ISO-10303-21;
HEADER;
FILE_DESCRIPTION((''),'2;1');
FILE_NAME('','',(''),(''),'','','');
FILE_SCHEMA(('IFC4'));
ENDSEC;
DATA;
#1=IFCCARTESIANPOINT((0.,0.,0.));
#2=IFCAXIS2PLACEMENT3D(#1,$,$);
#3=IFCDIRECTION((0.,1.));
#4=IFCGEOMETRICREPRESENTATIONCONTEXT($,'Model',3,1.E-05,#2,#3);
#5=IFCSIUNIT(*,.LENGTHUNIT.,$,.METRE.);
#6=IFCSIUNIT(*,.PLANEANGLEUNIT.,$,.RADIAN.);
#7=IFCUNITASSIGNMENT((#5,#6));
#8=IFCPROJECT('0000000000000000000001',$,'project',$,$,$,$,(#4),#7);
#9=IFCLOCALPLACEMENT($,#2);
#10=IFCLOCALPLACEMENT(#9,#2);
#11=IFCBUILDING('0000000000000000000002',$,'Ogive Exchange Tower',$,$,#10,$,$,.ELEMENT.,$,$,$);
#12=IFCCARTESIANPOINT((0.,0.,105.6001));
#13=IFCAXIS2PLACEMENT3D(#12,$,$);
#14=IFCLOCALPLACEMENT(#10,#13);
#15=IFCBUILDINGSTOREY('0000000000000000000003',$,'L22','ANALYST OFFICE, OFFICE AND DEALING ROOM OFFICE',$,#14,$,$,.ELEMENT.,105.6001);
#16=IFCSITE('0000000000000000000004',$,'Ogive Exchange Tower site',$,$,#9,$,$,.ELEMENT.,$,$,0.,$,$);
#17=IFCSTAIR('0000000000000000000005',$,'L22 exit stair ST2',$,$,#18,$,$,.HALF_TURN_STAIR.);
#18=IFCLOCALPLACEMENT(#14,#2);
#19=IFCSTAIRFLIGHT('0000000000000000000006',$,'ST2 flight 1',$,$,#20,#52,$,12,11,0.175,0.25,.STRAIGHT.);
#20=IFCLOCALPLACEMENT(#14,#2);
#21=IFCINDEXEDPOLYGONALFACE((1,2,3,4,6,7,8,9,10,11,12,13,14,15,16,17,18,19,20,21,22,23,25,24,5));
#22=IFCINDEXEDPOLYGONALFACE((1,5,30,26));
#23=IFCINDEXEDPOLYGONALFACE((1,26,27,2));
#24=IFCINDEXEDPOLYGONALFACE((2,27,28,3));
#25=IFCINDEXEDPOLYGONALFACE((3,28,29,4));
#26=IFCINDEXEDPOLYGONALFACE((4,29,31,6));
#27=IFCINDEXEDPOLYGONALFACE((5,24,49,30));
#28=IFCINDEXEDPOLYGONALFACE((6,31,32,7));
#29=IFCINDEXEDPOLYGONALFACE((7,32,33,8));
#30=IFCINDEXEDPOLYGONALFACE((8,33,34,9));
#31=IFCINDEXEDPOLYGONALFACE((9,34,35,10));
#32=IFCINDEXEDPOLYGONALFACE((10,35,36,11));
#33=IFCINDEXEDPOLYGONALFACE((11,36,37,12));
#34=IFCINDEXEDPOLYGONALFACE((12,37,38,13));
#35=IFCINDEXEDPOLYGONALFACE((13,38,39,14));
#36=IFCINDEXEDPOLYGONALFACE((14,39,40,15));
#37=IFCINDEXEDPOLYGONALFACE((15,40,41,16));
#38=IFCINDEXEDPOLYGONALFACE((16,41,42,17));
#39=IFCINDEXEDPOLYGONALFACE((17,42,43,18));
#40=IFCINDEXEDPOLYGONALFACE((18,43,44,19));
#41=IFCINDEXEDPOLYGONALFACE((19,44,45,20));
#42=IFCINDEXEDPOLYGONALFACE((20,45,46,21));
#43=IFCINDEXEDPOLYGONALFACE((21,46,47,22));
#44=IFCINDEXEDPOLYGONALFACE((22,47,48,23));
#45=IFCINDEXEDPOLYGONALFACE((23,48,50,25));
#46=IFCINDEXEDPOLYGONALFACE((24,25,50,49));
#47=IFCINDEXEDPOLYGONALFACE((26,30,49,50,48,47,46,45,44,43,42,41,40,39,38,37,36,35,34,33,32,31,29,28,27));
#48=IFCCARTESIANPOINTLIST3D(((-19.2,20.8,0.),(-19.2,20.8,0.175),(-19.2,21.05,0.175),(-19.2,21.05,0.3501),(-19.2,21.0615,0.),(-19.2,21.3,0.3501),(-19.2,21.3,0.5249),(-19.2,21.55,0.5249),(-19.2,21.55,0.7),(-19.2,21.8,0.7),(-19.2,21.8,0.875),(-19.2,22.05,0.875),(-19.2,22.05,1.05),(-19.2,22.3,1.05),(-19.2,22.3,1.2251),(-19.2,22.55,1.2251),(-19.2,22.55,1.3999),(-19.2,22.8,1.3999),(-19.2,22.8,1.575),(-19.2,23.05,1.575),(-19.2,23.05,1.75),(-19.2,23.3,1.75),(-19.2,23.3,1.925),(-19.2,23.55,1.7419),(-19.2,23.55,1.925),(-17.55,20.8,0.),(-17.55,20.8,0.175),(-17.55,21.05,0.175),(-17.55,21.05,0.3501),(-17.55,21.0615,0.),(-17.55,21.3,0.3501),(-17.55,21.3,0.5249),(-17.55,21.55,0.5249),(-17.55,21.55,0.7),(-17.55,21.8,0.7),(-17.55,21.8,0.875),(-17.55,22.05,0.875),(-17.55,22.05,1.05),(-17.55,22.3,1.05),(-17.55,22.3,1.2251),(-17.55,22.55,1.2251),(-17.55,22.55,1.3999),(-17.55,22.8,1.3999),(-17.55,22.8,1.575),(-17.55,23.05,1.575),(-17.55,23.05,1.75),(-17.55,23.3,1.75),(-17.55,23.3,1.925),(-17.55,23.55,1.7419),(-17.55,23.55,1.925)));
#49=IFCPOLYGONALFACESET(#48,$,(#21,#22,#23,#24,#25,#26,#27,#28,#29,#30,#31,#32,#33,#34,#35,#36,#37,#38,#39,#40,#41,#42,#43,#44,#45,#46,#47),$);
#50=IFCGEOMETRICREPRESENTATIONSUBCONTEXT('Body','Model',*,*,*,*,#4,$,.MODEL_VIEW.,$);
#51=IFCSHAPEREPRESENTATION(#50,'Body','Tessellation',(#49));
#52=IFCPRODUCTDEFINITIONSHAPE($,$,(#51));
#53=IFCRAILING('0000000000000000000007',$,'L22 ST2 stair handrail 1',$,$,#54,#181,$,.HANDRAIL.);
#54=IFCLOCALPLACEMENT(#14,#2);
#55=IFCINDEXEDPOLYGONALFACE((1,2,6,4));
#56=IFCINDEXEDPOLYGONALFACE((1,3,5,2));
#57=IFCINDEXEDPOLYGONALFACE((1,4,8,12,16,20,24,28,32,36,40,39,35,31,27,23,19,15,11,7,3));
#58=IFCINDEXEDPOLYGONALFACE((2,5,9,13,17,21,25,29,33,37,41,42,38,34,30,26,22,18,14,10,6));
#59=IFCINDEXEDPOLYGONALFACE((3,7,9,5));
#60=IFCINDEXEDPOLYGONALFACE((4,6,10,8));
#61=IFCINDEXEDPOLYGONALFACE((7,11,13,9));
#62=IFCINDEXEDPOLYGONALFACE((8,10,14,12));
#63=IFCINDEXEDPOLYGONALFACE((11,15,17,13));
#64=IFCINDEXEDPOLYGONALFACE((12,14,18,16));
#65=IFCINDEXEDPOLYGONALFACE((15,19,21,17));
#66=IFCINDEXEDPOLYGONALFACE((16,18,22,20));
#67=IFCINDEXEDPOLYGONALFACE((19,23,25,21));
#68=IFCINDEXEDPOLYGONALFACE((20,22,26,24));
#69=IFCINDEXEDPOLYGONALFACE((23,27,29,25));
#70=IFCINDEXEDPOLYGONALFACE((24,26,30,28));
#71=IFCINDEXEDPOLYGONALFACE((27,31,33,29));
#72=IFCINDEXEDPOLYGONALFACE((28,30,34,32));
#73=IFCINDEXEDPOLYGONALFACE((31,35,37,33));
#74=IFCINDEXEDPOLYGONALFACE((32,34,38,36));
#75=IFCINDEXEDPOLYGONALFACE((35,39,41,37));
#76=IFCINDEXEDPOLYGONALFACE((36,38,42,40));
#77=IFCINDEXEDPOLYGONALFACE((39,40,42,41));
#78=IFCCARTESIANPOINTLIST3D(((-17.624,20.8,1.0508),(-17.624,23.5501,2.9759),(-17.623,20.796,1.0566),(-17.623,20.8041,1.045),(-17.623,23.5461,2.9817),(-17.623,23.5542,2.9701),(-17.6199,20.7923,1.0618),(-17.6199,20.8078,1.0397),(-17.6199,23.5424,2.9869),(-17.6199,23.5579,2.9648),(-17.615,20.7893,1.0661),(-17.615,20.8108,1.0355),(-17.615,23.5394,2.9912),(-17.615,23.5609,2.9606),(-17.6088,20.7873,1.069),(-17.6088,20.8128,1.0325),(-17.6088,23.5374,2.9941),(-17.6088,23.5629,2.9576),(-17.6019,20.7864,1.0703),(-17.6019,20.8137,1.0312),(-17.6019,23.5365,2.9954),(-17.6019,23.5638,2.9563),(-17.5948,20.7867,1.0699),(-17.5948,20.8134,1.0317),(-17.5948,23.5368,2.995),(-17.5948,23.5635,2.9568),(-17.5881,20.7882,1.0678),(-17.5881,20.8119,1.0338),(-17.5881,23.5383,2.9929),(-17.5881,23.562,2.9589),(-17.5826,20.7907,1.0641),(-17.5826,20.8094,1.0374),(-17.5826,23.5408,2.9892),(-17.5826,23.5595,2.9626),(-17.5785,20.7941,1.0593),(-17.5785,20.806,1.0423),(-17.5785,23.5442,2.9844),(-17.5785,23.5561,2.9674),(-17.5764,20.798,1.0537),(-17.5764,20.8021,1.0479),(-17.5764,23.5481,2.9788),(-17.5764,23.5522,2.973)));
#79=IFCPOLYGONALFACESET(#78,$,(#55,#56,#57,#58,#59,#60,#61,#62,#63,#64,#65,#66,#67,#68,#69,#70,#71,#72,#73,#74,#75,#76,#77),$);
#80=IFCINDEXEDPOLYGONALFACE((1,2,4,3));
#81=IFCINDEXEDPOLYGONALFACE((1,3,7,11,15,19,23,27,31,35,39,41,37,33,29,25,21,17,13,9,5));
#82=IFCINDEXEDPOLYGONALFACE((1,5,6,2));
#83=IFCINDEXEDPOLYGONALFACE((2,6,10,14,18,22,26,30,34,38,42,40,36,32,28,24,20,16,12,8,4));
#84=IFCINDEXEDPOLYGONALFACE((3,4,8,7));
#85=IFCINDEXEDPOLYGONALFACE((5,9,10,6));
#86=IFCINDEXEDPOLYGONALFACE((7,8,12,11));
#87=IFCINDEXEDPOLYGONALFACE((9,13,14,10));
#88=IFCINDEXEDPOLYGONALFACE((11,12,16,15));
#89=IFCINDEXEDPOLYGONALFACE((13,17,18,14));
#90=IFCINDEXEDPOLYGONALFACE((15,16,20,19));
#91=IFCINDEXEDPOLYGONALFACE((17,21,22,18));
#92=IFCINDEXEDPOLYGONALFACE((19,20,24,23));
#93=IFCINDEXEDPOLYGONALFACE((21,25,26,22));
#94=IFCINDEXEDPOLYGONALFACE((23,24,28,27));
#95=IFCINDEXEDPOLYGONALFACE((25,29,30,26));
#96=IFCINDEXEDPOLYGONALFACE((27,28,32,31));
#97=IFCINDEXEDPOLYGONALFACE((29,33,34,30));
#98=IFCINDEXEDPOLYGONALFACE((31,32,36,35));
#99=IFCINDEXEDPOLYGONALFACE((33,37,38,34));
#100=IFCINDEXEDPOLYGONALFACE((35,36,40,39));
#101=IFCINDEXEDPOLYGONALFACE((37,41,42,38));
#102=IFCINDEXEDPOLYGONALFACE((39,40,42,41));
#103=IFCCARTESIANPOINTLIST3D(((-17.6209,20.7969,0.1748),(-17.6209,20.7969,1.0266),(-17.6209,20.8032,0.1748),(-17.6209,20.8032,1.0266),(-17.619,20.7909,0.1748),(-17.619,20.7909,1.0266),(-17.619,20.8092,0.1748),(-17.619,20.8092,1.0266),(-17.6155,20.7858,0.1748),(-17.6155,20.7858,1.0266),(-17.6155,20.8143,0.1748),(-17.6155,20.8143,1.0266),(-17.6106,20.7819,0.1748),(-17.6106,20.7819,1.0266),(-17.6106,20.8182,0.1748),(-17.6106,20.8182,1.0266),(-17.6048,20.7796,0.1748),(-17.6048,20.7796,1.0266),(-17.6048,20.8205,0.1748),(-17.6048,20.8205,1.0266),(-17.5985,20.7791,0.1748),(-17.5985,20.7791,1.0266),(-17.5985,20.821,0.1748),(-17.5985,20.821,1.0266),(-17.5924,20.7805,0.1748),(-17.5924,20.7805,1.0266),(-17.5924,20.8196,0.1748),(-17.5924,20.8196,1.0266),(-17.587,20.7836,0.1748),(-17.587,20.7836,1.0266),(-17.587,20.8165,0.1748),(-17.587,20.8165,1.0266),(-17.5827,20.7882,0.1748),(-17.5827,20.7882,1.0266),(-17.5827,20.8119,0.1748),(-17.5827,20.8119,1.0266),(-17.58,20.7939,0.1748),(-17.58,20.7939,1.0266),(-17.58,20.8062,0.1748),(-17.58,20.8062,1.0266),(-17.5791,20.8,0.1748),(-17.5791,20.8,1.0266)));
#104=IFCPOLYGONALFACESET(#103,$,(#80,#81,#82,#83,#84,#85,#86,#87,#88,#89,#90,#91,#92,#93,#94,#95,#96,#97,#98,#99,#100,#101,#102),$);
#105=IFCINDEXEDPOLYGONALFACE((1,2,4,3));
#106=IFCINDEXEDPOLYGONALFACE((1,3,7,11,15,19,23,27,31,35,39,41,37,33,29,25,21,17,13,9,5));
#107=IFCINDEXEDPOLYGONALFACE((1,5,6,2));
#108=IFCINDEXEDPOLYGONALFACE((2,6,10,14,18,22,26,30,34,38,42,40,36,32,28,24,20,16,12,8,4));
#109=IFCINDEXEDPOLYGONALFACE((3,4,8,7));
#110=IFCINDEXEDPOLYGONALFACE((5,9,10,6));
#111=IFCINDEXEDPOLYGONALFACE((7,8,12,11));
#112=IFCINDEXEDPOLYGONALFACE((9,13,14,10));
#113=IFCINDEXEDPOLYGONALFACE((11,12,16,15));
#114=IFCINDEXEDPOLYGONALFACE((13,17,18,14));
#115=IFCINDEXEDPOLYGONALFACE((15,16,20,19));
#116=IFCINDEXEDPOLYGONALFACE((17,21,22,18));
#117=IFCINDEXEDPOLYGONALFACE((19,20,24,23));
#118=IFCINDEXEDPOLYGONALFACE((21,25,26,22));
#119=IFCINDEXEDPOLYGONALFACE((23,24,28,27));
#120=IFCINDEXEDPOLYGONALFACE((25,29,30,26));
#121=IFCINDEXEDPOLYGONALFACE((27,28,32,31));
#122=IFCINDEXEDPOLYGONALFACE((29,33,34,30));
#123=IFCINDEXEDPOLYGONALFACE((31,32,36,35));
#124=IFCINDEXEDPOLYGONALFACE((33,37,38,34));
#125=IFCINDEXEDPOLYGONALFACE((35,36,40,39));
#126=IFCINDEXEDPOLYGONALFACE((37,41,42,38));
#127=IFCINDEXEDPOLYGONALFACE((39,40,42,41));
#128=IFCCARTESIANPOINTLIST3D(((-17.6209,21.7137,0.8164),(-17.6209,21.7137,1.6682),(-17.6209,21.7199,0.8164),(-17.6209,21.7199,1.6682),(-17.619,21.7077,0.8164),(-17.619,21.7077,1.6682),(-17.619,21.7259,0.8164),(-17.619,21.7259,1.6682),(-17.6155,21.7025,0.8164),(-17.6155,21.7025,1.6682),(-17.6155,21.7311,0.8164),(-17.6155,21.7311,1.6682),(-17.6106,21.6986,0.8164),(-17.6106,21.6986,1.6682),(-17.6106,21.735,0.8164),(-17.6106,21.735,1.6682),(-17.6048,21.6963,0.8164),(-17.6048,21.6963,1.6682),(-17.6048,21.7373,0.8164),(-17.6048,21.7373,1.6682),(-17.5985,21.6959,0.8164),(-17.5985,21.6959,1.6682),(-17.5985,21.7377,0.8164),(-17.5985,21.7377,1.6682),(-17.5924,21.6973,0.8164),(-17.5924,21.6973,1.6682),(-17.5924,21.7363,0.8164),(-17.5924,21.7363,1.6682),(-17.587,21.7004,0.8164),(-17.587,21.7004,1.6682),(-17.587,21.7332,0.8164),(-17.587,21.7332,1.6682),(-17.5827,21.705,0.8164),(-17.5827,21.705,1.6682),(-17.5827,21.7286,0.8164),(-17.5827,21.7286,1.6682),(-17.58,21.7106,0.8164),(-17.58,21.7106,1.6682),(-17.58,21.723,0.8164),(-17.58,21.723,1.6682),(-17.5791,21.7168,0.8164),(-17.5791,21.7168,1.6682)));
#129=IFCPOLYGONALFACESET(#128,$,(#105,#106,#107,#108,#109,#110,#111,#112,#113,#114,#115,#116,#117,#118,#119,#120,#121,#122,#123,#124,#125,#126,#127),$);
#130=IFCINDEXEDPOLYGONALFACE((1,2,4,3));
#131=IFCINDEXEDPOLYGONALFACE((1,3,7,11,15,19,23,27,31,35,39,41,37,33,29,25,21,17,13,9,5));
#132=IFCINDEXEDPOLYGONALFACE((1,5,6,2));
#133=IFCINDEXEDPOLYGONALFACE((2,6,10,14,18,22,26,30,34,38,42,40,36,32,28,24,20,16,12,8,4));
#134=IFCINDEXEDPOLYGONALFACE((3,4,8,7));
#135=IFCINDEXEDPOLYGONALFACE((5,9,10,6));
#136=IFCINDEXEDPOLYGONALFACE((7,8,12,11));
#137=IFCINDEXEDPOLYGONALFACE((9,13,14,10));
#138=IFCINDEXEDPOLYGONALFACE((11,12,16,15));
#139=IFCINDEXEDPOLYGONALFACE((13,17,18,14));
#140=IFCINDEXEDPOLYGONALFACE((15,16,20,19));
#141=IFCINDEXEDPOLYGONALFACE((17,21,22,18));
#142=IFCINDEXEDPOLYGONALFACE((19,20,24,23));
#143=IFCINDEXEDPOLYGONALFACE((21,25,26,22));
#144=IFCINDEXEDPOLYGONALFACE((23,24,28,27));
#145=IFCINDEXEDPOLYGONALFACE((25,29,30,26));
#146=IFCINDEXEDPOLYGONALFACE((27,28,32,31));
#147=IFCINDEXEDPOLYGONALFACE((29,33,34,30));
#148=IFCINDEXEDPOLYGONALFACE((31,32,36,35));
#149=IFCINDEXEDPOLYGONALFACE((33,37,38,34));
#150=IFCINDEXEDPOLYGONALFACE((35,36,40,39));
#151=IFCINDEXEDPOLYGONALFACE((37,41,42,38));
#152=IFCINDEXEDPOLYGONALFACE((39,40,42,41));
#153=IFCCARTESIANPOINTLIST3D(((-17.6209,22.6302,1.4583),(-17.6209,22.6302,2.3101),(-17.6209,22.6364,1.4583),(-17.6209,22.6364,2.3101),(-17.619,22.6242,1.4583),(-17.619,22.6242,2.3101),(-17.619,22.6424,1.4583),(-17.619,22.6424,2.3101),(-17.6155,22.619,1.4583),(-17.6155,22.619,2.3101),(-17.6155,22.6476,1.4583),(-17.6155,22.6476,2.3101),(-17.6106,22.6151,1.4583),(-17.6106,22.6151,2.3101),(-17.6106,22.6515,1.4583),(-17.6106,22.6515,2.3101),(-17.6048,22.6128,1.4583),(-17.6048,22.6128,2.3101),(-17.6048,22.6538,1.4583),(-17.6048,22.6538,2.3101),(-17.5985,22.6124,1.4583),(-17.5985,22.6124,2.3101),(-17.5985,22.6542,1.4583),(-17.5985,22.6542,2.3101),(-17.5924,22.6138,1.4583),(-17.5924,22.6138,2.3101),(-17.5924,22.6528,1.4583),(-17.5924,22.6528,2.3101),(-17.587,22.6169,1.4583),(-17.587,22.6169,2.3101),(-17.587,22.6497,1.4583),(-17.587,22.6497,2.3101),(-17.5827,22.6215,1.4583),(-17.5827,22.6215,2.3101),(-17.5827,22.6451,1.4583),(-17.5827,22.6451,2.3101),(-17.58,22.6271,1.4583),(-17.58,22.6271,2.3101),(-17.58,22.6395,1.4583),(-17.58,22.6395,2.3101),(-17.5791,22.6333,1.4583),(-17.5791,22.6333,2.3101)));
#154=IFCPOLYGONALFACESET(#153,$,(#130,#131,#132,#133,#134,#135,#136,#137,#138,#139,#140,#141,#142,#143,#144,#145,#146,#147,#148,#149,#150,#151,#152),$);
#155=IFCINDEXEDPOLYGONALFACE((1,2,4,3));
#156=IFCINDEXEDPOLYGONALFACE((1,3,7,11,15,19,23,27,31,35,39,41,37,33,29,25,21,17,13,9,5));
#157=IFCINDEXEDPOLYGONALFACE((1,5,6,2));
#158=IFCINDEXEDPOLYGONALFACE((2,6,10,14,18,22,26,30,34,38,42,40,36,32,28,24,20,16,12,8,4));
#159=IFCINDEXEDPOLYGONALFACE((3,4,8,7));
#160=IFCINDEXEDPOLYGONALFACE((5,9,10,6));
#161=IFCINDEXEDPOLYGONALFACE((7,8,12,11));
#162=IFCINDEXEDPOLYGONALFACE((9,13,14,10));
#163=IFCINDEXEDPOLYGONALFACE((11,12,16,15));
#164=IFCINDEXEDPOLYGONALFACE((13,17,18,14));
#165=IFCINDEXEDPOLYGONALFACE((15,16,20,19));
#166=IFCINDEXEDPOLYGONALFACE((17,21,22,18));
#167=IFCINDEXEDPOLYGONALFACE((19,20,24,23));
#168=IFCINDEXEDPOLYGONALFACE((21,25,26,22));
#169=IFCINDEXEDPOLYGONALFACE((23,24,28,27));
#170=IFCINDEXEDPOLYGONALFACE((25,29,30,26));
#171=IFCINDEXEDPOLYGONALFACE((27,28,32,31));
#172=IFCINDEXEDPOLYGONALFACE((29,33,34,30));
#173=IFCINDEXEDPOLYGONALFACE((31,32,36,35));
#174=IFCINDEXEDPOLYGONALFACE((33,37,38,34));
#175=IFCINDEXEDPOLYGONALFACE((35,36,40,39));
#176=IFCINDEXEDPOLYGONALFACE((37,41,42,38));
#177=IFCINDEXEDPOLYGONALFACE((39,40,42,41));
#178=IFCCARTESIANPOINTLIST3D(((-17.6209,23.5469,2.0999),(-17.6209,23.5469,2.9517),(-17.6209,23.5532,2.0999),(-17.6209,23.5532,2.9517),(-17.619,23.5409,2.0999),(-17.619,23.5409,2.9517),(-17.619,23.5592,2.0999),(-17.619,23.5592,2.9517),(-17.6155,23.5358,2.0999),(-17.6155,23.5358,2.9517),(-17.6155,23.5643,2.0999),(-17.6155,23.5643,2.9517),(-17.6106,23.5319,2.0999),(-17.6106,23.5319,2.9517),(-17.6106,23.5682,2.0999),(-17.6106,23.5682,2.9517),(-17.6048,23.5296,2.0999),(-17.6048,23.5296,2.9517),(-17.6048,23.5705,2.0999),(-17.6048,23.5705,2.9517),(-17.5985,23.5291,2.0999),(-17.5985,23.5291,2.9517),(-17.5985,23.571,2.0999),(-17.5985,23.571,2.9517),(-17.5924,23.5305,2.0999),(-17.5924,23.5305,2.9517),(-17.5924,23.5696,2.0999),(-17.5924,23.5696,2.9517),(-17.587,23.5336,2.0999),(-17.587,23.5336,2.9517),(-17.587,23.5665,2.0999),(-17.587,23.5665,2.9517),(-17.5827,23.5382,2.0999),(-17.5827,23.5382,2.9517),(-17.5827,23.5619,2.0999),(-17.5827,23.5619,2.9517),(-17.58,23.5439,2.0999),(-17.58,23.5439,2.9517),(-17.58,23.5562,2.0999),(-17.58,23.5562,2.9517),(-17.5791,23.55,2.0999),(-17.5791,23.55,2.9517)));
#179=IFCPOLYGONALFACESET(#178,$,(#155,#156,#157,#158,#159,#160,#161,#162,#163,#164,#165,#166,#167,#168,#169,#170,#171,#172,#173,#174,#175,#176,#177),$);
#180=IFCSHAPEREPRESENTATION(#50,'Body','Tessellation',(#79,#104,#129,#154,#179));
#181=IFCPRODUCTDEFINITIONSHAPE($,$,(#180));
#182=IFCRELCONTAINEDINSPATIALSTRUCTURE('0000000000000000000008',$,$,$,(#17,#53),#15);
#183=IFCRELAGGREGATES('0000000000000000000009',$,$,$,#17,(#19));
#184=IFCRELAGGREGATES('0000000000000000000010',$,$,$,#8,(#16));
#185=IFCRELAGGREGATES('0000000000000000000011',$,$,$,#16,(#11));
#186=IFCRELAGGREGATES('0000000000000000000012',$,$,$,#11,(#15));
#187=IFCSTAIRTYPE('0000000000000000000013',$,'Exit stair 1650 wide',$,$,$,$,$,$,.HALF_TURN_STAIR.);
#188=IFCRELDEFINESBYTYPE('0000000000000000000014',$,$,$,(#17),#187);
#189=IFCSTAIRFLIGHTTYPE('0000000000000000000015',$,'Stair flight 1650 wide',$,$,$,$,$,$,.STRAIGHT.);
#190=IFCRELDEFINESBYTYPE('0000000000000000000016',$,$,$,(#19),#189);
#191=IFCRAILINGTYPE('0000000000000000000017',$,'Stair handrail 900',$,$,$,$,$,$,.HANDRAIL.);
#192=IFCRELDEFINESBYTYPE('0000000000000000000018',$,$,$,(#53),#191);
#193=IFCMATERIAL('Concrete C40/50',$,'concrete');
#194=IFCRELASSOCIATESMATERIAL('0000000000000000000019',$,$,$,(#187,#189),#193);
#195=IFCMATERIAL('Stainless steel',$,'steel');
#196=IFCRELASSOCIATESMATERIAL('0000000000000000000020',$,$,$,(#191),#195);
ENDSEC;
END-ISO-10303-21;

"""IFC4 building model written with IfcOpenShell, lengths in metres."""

from ifc_helpers import new_model, si_unit, direction, frame, origin, origin_2d, place, context, subcontext, project, spatial, polyline, circle, outline, extrude, material, type_object, element, aggregate, save


model = new_model("IFC4")

# Units and contexts
model_context = context("Model", 3, precision=1e-05, world=origin(), true_north=direction((0.0, 1.0)))
body_context = subcontext(model_context, "Body", "Model", "MODEL_VIEW")
ifc_project = project(units=[si_unit("LENGTHUNIT", "METRE"), si_unit("PLANEANGLEUNIT", "RADIAN")], contexts=[model_context])

# Site, building, storey
site_placement = place(None, origin())
site = spatial("IfcSite", under=ifc_project, at=site_placement, Name="Ogive Exchange Tower site", CompositionType="ELEMENT", RefElevation=0.0)
building_placement = place(site_placement, origin())
building = spatial("IfcBuilding", under=site, at=building_placement, Name="Ogive Exchange Tower", CompositionType="ELEMENT")
storey_placement = place(building_placement, frame((0.0, 0.0, 105.6001)))
storey = spatial("IfcBuildingStorey", under=building, at=storey_placement, Name="L22", Description="ANALYST OFFICE, OFFICE AND DEALING ROOM OFFICE", CompositionType="ELEMENT", Elevation=105.6001)

# Stair, stair flight
ifc_material_1 = material(Name="Concrete C40/50", Category="concrete")
stair_type = type_object("IfcStairType", Name="Exit stair 1650 wide", PredefinedType="HALF_TURN_STAIR", material=ifc_material_1)
stair_placement = place(storey_placement, origin())
stair = element("IfcStair", 1, at=stair_placement, inside=storey, type_object=stair_type, Name="L22 exit stair ST2", PredefinedType="HALF_TURN_STAIR")
stair_flight_type = type_object("IfcStairFlightType", Name="Stair flight 1650 wide", PredefinedType="STRAIGHT", material=ifc_material_1)
stair_flight_placement = place(storey_placement, frame((-18.375, 20.8, 0.0), z_axis=(0.0, 0.0, 1.0), x_axis=(0.0, 1.0, 0.0)))
stair_flight = element("IfcStairFlight", 2, at=stair_flight_placement, type_object=stair_flight_type, Name="ST2 flight 1", NumberOfRisers=12, NumberOfTreads=11, PredefinedType="STRAIGHT", RiserHeight=0.175, TreadLength=0.25, context=body_context, shape_type="SweptSolid", body=[
    extrude(outline(polyline([(0.0, 0.0), (0.0, 0.175), (0.25, 0.175), (0.25, 0.3501), (0.5, 0.3501), (0.5, 0.5249), (0.75, 0.5249), (0.75, 0.7), (1.0, 0.7), (1.0, 0.875), (1.25, 0.875), (1.25, 1.05), (1.5, 1.05), (1.5, 1.2251), (1.75, 1.2251), (1.75, 1.3999), (2.0, 1.3999), (2.0, 1.575), (2.25, 1.575), (2.25, 1.75), (2.5, 1.75), (2.5, 1.925), (2.75, 1.925), (2.75, 2.1001), (2.75, 1.7419), (0.2615, 0.0), (0.0, 0.0)])), frame((0.0, 0.825, 0.0), z_axis=(0.0, -1.0, 0.0), x_axis=(1.0, 0.0, 0.0)), (0.0, 0.0, 1.0), 1.6499),
])
aggregate(stair, [stair_flight])

# Railing
ifc_material_2 = material(Name="Stainless steel", Category="steel")
railing_type = type_object("IfcRailingType", Name="Stair handrail 900", PredefinedType="HANDRAIL", material=ifc_material_2)
railing_placement = place(storey_placement, frame((-17.6001, 20.8, 0.1748)))
element("IfcRailing", 3, at=railing_placement, inside=storey, type_object=railing_type, Name="L22 ST2 stair handrail 1", PredefinedType="HANDRAIL", context=body_context, shape_type="SweptSolid", body=[
    extrude(circle(Radius=0.0239, at=origin_2d()), frame((0.0, 0.0, 0.876), z_axis=(0.0, 0.819225, 0.573472), x_axis=(-1.0, 0.0, 0.0)), (0.0, 0.0, 1.0), 3.3569),
    extrude(circle(Radius=0.021, at=origin_2d()), origin(), (0.0, 0.0, 1.0), 0.8518),
    extrude(circle(Radius=0.021, at=origin_2d()), frame((0.0, 0.9167, 0.6416)), (0.0, 0.0, 1.0), 0.8518),
    extrude(circle(Radius=0.021, at=origin_2d()), frame((0.0, 1.8333, 1.2834)), (0.0, 0.0, 1.0), 0.8518),
    extrude(circle(Radius=0.021, at=origin_2d()), frame((0.0, 2.75, 1.925)), (0.0, 0.0, 1.0), 0.8518),
])

save(model, "model.ifc")
